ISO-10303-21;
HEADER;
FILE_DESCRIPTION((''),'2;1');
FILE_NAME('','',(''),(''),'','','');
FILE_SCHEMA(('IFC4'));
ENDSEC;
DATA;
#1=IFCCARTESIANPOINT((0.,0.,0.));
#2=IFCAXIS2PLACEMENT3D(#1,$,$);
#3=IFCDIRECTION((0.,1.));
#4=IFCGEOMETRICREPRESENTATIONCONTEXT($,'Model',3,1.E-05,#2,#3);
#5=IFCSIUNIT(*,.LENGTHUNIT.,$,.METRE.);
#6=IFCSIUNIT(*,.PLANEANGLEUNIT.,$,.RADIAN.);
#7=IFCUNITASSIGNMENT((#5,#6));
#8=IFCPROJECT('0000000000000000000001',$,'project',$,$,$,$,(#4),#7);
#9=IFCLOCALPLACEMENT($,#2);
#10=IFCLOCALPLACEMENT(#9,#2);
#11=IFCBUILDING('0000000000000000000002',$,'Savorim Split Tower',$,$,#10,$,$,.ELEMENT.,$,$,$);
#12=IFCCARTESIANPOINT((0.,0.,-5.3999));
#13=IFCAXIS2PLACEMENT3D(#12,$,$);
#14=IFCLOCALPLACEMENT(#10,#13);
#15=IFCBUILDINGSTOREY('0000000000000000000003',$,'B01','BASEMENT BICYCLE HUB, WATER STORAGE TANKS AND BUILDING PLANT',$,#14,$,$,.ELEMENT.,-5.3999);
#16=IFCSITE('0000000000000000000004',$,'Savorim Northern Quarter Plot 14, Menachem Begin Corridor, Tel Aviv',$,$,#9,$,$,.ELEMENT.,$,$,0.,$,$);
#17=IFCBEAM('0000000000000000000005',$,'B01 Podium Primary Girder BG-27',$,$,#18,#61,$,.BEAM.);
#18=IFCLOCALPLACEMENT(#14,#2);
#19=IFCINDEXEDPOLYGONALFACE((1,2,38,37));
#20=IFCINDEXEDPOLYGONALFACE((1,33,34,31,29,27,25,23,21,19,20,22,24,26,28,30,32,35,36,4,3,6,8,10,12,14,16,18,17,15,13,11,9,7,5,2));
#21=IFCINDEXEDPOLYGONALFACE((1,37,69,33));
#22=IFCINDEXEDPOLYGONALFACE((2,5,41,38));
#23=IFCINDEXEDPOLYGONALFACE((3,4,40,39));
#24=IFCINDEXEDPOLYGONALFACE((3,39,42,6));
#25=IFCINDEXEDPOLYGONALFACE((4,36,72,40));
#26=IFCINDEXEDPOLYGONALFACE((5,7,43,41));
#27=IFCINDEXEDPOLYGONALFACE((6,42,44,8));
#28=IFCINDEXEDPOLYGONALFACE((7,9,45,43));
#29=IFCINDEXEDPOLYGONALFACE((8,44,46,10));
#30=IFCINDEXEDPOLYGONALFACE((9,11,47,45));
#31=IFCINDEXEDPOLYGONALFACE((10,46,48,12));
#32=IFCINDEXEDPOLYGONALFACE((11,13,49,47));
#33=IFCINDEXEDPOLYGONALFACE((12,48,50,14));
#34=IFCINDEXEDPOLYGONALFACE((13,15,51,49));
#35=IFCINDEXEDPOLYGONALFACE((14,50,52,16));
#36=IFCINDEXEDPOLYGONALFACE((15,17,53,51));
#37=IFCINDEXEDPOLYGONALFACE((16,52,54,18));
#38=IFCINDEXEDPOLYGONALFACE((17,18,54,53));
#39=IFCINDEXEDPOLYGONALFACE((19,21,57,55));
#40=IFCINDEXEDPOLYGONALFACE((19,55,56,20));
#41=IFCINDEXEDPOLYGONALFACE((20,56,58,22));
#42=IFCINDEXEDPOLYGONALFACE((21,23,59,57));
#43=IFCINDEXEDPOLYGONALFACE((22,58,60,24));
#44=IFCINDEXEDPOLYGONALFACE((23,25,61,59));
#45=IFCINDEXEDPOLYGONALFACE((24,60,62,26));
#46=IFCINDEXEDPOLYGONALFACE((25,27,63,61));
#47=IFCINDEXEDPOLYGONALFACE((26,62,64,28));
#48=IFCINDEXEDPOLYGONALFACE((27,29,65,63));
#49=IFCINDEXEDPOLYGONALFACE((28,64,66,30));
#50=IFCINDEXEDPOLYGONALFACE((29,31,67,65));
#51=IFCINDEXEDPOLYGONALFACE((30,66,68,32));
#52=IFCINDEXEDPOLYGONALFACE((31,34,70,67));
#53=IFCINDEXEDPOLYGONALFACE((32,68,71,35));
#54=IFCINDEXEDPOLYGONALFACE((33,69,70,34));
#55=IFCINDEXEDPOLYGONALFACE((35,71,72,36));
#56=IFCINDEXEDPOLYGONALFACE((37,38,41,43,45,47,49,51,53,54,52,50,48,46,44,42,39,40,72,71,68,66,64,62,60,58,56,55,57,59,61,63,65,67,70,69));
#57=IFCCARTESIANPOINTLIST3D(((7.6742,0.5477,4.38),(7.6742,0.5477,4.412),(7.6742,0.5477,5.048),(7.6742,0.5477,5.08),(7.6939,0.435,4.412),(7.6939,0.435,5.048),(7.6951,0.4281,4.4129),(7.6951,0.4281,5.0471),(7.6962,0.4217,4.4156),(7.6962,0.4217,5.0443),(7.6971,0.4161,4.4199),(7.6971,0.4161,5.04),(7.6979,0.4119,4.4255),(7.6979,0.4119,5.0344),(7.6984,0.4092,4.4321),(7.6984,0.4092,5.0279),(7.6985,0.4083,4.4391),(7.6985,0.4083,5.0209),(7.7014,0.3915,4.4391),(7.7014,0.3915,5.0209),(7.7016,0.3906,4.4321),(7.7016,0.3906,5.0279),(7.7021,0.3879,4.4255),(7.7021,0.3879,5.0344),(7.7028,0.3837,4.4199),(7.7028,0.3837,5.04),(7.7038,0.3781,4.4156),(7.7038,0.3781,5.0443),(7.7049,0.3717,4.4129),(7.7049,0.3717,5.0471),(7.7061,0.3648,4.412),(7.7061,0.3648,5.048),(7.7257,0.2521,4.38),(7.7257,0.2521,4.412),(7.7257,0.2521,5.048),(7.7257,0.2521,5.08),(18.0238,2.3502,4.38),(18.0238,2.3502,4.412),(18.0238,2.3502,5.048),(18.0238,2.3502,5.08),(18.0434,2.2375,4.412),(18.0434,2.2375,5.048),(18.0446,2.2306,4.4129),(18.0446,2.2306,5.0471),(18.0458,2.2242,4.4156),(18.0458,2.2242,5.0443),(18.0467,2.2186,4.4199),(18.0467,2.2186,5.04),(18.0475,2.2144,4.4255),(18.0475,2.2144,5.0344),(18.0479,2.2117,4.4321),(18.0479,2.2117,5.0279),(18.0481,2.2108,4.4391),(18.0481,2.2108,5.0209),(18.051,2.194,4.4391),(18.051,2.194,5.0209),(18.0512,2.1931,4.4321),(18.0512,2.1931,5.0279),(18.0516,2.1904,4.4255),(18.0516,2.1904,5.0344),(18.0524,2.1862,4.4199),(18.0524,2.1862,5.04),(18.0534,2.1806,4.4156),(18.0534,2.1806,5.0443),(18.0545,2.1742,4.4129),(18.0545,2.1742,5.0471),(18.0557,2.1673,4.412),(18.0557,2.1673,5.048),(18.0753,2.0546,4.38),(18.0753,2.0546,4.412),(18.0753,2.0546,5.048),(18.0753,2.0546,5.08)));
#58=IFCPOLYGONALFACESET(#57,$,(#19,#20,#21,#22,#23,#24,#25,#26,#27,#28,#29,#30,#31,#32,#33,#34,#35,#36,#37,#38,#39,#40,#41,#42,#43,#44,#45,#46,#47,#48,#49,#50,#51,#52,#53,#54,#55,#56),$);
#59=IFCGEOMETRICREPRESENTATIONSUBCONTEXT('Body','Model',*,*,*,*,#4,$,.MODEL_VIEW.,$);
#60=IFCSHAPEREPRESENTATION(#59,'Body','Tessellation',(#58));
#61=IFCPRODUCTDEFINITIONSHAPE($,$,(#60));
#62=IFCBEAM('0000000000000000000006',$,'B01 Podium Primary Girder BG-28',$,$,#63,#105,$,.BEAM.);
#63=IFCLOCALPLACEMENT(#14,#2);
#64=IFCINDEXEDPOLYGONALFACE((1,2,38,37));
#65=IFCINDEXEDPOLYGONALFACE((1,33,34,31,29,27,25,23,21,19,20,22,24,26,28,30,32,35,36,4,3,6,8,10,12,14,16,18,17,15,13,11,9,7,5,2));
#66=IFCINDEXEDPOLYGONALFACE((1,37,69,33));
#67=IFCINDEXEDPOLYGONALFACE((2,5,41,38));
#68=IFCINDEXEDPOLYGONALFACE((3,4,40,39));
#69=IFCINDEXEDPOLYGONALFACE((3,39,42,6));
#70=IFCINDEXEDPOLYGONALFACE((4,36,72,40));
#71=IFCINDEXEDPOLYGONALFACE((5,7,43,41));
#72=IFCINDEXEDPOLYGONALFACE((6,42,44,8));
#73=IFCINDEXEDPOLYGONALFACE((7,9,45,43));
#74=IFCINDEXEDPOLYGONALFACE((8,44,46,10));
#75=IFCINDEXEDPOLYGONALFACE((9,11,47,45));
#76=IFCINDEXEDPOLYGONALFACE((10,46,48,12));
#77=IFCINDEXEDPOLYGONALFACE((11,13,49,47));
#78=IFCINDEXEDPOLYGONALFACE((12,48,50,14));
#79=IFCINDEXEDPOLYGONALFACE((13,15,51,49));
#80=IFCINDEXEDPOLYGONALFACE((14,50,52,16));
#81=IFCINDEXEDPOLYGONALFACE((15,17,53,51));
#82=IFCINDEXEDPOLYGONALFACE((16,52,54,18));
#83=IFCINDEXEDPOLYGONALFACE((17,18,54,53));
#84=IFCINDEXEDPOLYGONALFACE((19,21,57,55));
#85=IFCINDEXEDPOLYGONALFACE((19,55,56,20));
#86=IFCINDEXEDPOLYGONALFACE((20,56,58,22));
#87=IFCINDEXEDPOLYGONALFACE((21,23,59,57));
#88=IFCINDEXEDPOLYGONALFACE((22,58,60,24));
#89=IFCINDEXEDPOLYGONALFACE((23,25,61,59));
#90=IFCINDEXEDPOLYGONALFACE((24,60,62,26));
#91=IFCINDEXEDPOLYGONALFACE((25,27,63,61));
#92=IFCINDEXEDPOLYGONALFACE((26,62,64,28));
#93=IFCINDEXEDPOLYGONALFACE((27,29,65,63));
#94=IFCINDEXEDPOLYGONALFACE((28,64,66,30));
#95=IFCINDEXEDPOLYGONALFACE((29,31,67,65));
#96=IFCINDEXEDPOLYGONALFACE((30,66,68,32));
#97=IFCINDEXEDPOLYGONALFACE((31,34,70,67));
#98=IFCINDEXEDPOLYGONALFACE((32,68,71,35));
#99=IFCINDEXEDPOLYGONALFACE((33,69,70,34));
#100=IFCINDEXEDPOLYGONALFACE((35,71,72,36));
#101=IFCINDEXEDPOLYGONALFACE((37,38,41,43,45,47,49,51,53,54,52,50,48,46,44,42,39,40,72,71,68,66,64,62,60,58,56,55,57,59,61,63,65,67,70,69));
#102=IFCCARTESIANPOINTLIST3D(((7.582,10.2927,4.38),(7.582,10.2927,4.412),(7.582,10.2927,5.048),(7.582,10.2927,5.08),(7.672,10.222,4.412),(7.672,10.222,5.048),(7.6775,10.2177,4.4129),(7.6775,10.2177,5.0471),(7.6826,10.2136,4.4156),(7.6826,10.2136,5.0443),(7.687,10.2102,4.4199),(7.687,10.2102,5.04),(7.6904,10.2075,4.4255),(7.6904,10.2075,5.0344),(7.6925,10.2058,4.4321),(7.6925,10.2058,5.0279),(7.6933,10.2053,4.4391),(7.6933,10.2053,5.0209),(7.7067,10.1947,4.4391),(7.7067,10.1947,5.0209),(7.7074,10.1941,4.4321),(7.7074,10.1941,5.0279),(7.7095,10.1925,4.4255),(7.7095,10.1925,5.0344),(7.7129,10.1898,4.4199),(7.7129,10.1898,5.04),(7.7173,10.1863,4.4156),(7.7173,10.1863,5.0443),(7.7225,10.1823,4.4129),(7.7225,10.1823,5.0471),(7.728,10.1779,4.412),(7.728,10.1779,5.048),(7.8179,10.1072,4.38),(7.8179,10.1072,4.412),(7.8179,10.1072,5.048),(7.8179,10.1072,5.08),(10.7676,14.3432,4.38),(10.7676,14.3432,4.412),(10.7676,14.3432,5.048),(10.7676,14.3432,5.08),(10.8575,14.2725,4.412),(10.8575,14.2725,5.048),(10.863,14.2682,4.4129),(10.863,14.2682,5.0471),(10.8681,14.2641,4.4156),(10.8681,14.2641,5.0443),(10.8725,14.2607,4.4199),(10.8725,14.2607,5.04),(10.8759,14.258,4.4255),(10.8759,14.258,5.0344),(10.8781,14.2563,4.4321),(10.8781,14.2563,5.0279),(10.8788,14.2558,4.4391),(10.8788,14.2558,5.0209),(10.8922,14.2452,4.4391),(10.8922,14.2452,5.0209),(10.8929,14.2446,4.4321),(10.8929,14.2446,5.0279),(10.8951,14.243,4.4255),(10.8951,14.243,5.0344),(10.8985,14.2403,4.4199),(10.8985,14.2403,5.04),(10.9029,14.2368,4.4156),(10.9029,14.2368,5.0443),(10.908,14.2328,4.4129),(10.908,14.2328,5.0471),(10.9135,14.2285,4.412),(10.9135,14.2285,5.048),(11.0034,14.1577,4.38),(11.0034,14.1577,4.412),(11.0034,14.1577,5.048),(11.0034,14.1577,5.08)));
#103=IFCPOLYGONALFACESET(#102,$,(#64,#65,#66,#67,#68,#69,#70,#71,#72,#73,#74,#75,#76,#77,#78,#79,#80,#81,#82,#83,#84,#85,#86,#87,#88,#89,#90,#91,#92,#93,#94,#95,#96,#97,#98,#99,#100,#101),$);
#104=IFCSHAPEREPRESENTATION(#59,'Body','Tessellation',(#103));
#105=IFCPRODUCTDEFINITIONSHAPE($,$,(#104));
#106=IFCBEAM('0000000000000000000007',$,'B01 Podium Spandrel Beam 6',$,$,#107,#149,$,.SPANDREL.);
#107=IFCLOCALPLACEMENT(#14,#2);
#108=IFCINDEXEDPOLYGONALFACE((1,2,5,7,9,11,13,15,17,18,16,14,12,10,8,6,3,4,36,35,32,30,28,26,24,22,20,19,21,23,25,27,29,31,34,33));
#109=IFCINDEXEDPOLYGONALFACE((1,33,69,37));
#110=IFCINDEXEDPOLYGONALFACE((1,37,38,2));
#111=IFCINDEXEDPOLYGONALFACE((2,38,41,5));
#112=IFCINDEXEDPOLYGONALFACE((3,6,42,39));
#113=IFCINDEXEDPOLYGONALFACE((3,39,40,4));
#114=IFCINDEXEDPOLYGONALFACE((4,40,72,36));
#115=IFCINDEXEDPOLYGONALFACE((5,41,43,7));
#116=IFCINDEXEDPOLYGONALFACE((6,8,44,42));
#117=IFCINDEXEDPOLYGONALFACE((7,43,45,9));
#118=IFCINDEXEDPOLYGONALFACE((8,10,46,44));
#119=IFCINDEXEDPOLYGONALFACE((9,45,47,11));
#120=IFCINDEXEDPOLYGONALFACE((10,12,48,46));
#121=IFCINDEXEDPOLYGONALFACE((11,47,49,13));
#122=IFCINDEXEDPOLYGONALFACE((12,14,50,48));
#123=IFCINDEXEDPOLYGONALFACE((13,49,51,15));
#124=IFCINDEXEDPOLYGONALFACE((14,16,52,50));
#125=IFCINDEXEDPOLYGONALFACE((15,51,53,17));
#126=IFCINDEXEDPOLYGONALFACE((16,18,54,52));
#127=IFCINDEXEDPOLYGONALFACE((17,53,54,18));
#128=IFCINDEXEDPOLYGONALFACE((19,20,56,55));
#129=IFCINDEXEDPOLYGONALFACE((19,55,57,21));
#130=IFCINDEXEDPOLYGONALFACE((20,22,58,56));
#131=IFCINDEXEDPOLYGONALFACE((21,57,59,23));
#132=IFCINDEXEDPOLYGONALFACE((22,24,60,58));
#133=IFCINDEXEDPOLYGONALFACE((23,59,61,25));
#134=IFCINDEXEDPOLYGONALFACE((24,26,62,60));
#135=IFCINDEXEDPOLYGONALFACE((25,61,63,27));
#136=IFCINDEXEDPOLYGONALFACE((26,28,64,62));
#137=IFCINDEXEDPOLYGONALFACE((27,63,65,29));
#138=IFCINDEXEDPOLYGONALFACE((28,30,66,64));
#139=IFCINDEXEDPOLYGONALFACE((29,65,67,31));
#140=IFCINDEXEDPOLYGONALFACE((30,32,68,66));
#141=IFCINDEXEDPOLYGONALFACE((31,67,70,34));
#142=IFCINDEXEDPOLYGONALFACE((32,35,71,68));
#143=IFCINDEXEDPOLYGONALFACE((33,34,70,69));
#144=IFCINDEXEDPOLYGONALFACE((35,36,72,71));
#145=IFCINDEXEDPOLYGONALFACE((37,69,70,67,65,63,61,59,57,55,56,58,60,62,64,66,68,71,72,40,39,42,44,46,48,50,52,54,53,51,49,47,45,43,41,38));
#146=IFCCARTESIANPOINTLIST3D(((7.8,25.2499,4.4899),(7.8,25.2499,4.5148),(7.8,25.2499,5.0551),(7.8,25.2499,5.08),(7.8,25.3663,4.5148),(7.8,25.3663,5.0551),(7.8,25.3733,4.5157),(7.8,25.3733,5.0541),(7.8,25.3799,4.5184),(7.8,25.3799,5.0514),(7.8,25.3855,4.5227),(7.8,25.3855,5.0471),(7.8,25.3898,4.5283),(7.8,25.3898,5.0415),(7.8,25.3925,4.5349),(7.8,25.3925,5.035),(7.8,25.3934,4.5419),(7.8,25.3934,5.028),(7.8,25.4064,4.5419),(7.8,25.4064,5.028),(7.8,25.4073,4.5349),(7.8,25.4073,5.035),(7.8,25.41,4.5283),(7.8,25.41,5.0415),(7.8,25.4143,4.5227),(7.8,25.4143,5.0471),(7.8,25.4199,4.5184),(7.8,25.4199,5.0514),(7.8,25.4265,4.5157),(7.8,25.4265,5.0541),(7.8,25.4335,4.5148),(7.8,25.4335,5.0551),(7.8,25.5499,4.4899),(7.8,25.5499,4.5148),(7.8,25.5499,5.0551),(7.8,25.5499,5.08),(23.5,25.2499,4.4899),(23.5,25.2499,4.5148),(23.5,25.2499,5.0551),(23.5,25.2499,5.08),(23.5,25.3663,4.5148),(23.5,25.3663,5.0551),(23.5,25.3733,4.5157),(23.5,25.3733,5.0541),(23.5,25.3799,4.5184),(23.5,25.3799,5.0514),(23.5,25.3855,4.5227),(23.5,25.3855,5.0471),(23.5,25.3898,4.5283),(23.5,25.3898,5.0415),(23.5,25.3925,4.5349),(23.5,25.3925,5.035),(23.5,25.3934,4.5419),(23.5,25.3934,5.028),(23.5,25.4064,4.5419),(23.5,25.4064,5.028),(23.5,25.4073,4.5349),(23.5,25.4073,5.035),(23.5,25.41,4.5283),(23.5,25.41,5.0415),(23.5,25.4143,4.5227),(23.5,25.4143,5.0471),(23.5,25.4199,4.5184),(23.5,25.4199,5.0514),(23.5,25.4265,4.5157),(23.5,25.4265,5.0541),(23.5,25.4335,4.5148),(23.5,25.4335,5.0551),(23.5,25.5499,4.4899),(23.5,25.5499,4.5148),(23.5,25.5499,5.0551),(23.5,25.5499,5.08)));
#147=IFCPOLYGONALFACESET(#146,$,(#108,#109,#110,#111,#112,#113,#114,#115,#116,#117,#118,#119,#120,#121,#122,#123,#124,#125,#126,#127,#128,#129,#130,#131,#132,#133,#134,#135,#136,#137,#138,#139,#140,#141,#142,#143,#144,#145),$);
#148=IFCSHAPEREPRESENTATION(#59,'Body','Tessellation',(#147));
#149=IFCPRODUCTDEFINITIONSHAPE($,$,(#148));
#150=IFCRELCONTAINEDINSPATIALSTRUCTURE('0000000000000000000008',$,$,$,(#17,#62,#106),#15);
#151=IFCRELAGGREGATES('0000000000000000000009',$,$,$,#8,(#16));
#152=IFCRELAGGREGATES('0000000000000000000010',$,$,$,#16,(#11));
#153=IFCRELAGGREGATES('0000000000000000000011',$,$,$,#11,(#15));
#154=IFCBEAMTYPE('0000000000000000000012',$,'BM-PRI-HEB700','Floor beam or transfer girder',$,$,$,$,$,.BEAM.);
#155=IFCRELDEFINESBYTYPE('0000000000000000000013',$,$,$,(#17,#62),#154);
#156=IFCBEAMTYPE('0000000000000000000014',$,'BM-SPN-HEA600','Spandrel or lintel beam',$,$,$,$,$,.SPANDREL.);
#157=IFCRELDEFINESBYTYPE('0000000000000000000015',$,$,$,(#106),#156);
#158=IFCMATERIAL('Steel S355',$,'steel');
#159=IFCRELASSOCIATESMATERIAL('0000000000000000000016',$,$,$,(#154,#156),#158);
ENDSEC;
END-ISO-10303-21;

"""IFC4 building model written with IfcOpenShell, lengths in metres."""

from ifc_helpers import new_model, si_unit, direction, frame, origin, origin_2d, place, context, subcontext, project, spatial, i_section, extrude, material, material_profile, profile_set, type_object, element, save


model = new_model("IFC4")

# Units and contexts
model_context = context("Model", 3, precision=1e-05, world=origin(), true_north=direction((0.0, 1.0)))
body_context = subcontext(model_context, "Body", "Model", "MODEL_VIEW")
ifc_project = project(units=[si_unit("LENGTHUNIT", "METRE"), si_unit("PLANEANGLEUNIT", "RADIAN")], contexts=[model_context])

# Site, building, storey
site_placement = place(None, origin())
site = spatial("IfcSite", under=ifc_project, at=site_placement, Name="Savorim Northern Quarter Plot 14, Menachem Begin Corridor, Tel Aviv", CompositionType="ELEMENT", RefElevation=0.0)
building_placement = place(site_placement, origin())
building = spatial("IfcBuilding", under=site, at=building_placement, Name="Savorim Split Tower", CompositionType="ELEMENT")
storey_placement = place(building_placement, frame((0.0, 0.0, -5.3999)))
storey = spatial("IfcBuildingStorey", under=building, at=storey_placement, Name="B01", Description="BASEMENT BICYCLE HUB, WATER STORAGE TANKS AND BUILDING PLANT", CompositionType="ELEMENT", Elevation=-5.3999)

# Beams
ifc_material_1 = material(Name="Steel S355", Category="steel")
ifc_material_profile_1 = material_profile(ifc_material_1, i_section(OverallWidth=0.3, OverallDepth=0.7, WebThickness=0.0171, FlangeThickness=0.032, FilletRadius=0.0271, at=origin_2d()), Name="HEB 700")
ifc_profile_set_1 = profile_set([ifc_material_profile_1], Name="Steel S355")
beam_type_1 = type_object("IfcBeamType", Name="BM-PRI-HEB700", Description="Floor beam or transfer girder", PredefinedType="BEAM", material=ifc_profile_set_1)
beam_1_placement = place(storey_placement, frame((18.0496, 2.2024, 4.73), z_axis=(-0.985171, -0.171578, 0.0), x_axis=(0.171578, -0.985171, 0.0)))
element("IfcBeam", 1, at=beam_1_placement, inside=storey, type_object=beam_type_1, Name="B01 Podium Primary Girder BG-27", PredefinedType="BEAM", context=body_context, shape_type="SweptSolid", body=[
    extrude(i_section(OverallWidth=0.3, OverallDepth=0.7, WebThickness=0.0171, FlangeThickness=0.032, FilletRadius=0.0271, at=origin_2d()), origin(), (0.0, 0.0, 1.0), 10.5054),
])
beam_2_placement = place(storey_placement, frame((10.8855, 14.2505, 4.73), z_axis=(-0.618179, -0.786037, 0.0), x_axis=(0.786037, -0.618179, 0.0)))
element("IfcBeam", 2, at=beam_2_placement, inside=storey, type_object=beam_type_1, Name="B01 Podium Primary Girder BG-28", PredefinedType="BEAM", context=body_context, shape_type="SweptSolid", body=[
    extrude(i_section(OverallWidth=0.3, OverallDepth=0.7, WebThickness=0.0171, FlangeThickness=0.032, FilletRadius=0.0271, at=origin_2d()), origin(), (0.0, 0.0, 1.0), 5.1531),
])
ifc_material_profile_2 = material_profile(ifc_material_1, i_section(OverallWidth=0.3, OverallDepth=0.5901, WebThickness=0.0129, FlangeThickness=0.0249, FilletRadius=0.0271, at=origin_2d()), Name="HEA 600")
ifc_profile_set_2 = profile_set([ifc_material_profile_2], Name="Steel S355")
beam_type_2 = type_object("IfcBeamType", Name="BM-SPN-HEA600", Description="Spandrel or lintel beam", PredefinedType="SPANDREL", material=ifc_profile_set_2)
beam_3_placement = place(storey_placement, frame((23.5, 25.3999, 4.7849), z_axis=(-1.0, 0.0, 0.0), x_axis=(0.0, -1.0, 0.0)))
element("IfcBeam", 3, at=beam_3_placement, inside=storey, type_object=beam_type_2, Name="B01 Podium Spandrel Beam 6", PredefinedType="SPANDREL", context=body_context, shape_type="SweptSolid", body=[
    extrude(i_section(OverallWidth=0.3, OverallDepth=0.5901, WebThickness=0.0129, FlangeThickness=0.0249, FilletRadius=0.0271, at=origin_2d()), origin(), (0.0, 0.0, 1.0), 15.7),
])

save(model, "model.ifc")
